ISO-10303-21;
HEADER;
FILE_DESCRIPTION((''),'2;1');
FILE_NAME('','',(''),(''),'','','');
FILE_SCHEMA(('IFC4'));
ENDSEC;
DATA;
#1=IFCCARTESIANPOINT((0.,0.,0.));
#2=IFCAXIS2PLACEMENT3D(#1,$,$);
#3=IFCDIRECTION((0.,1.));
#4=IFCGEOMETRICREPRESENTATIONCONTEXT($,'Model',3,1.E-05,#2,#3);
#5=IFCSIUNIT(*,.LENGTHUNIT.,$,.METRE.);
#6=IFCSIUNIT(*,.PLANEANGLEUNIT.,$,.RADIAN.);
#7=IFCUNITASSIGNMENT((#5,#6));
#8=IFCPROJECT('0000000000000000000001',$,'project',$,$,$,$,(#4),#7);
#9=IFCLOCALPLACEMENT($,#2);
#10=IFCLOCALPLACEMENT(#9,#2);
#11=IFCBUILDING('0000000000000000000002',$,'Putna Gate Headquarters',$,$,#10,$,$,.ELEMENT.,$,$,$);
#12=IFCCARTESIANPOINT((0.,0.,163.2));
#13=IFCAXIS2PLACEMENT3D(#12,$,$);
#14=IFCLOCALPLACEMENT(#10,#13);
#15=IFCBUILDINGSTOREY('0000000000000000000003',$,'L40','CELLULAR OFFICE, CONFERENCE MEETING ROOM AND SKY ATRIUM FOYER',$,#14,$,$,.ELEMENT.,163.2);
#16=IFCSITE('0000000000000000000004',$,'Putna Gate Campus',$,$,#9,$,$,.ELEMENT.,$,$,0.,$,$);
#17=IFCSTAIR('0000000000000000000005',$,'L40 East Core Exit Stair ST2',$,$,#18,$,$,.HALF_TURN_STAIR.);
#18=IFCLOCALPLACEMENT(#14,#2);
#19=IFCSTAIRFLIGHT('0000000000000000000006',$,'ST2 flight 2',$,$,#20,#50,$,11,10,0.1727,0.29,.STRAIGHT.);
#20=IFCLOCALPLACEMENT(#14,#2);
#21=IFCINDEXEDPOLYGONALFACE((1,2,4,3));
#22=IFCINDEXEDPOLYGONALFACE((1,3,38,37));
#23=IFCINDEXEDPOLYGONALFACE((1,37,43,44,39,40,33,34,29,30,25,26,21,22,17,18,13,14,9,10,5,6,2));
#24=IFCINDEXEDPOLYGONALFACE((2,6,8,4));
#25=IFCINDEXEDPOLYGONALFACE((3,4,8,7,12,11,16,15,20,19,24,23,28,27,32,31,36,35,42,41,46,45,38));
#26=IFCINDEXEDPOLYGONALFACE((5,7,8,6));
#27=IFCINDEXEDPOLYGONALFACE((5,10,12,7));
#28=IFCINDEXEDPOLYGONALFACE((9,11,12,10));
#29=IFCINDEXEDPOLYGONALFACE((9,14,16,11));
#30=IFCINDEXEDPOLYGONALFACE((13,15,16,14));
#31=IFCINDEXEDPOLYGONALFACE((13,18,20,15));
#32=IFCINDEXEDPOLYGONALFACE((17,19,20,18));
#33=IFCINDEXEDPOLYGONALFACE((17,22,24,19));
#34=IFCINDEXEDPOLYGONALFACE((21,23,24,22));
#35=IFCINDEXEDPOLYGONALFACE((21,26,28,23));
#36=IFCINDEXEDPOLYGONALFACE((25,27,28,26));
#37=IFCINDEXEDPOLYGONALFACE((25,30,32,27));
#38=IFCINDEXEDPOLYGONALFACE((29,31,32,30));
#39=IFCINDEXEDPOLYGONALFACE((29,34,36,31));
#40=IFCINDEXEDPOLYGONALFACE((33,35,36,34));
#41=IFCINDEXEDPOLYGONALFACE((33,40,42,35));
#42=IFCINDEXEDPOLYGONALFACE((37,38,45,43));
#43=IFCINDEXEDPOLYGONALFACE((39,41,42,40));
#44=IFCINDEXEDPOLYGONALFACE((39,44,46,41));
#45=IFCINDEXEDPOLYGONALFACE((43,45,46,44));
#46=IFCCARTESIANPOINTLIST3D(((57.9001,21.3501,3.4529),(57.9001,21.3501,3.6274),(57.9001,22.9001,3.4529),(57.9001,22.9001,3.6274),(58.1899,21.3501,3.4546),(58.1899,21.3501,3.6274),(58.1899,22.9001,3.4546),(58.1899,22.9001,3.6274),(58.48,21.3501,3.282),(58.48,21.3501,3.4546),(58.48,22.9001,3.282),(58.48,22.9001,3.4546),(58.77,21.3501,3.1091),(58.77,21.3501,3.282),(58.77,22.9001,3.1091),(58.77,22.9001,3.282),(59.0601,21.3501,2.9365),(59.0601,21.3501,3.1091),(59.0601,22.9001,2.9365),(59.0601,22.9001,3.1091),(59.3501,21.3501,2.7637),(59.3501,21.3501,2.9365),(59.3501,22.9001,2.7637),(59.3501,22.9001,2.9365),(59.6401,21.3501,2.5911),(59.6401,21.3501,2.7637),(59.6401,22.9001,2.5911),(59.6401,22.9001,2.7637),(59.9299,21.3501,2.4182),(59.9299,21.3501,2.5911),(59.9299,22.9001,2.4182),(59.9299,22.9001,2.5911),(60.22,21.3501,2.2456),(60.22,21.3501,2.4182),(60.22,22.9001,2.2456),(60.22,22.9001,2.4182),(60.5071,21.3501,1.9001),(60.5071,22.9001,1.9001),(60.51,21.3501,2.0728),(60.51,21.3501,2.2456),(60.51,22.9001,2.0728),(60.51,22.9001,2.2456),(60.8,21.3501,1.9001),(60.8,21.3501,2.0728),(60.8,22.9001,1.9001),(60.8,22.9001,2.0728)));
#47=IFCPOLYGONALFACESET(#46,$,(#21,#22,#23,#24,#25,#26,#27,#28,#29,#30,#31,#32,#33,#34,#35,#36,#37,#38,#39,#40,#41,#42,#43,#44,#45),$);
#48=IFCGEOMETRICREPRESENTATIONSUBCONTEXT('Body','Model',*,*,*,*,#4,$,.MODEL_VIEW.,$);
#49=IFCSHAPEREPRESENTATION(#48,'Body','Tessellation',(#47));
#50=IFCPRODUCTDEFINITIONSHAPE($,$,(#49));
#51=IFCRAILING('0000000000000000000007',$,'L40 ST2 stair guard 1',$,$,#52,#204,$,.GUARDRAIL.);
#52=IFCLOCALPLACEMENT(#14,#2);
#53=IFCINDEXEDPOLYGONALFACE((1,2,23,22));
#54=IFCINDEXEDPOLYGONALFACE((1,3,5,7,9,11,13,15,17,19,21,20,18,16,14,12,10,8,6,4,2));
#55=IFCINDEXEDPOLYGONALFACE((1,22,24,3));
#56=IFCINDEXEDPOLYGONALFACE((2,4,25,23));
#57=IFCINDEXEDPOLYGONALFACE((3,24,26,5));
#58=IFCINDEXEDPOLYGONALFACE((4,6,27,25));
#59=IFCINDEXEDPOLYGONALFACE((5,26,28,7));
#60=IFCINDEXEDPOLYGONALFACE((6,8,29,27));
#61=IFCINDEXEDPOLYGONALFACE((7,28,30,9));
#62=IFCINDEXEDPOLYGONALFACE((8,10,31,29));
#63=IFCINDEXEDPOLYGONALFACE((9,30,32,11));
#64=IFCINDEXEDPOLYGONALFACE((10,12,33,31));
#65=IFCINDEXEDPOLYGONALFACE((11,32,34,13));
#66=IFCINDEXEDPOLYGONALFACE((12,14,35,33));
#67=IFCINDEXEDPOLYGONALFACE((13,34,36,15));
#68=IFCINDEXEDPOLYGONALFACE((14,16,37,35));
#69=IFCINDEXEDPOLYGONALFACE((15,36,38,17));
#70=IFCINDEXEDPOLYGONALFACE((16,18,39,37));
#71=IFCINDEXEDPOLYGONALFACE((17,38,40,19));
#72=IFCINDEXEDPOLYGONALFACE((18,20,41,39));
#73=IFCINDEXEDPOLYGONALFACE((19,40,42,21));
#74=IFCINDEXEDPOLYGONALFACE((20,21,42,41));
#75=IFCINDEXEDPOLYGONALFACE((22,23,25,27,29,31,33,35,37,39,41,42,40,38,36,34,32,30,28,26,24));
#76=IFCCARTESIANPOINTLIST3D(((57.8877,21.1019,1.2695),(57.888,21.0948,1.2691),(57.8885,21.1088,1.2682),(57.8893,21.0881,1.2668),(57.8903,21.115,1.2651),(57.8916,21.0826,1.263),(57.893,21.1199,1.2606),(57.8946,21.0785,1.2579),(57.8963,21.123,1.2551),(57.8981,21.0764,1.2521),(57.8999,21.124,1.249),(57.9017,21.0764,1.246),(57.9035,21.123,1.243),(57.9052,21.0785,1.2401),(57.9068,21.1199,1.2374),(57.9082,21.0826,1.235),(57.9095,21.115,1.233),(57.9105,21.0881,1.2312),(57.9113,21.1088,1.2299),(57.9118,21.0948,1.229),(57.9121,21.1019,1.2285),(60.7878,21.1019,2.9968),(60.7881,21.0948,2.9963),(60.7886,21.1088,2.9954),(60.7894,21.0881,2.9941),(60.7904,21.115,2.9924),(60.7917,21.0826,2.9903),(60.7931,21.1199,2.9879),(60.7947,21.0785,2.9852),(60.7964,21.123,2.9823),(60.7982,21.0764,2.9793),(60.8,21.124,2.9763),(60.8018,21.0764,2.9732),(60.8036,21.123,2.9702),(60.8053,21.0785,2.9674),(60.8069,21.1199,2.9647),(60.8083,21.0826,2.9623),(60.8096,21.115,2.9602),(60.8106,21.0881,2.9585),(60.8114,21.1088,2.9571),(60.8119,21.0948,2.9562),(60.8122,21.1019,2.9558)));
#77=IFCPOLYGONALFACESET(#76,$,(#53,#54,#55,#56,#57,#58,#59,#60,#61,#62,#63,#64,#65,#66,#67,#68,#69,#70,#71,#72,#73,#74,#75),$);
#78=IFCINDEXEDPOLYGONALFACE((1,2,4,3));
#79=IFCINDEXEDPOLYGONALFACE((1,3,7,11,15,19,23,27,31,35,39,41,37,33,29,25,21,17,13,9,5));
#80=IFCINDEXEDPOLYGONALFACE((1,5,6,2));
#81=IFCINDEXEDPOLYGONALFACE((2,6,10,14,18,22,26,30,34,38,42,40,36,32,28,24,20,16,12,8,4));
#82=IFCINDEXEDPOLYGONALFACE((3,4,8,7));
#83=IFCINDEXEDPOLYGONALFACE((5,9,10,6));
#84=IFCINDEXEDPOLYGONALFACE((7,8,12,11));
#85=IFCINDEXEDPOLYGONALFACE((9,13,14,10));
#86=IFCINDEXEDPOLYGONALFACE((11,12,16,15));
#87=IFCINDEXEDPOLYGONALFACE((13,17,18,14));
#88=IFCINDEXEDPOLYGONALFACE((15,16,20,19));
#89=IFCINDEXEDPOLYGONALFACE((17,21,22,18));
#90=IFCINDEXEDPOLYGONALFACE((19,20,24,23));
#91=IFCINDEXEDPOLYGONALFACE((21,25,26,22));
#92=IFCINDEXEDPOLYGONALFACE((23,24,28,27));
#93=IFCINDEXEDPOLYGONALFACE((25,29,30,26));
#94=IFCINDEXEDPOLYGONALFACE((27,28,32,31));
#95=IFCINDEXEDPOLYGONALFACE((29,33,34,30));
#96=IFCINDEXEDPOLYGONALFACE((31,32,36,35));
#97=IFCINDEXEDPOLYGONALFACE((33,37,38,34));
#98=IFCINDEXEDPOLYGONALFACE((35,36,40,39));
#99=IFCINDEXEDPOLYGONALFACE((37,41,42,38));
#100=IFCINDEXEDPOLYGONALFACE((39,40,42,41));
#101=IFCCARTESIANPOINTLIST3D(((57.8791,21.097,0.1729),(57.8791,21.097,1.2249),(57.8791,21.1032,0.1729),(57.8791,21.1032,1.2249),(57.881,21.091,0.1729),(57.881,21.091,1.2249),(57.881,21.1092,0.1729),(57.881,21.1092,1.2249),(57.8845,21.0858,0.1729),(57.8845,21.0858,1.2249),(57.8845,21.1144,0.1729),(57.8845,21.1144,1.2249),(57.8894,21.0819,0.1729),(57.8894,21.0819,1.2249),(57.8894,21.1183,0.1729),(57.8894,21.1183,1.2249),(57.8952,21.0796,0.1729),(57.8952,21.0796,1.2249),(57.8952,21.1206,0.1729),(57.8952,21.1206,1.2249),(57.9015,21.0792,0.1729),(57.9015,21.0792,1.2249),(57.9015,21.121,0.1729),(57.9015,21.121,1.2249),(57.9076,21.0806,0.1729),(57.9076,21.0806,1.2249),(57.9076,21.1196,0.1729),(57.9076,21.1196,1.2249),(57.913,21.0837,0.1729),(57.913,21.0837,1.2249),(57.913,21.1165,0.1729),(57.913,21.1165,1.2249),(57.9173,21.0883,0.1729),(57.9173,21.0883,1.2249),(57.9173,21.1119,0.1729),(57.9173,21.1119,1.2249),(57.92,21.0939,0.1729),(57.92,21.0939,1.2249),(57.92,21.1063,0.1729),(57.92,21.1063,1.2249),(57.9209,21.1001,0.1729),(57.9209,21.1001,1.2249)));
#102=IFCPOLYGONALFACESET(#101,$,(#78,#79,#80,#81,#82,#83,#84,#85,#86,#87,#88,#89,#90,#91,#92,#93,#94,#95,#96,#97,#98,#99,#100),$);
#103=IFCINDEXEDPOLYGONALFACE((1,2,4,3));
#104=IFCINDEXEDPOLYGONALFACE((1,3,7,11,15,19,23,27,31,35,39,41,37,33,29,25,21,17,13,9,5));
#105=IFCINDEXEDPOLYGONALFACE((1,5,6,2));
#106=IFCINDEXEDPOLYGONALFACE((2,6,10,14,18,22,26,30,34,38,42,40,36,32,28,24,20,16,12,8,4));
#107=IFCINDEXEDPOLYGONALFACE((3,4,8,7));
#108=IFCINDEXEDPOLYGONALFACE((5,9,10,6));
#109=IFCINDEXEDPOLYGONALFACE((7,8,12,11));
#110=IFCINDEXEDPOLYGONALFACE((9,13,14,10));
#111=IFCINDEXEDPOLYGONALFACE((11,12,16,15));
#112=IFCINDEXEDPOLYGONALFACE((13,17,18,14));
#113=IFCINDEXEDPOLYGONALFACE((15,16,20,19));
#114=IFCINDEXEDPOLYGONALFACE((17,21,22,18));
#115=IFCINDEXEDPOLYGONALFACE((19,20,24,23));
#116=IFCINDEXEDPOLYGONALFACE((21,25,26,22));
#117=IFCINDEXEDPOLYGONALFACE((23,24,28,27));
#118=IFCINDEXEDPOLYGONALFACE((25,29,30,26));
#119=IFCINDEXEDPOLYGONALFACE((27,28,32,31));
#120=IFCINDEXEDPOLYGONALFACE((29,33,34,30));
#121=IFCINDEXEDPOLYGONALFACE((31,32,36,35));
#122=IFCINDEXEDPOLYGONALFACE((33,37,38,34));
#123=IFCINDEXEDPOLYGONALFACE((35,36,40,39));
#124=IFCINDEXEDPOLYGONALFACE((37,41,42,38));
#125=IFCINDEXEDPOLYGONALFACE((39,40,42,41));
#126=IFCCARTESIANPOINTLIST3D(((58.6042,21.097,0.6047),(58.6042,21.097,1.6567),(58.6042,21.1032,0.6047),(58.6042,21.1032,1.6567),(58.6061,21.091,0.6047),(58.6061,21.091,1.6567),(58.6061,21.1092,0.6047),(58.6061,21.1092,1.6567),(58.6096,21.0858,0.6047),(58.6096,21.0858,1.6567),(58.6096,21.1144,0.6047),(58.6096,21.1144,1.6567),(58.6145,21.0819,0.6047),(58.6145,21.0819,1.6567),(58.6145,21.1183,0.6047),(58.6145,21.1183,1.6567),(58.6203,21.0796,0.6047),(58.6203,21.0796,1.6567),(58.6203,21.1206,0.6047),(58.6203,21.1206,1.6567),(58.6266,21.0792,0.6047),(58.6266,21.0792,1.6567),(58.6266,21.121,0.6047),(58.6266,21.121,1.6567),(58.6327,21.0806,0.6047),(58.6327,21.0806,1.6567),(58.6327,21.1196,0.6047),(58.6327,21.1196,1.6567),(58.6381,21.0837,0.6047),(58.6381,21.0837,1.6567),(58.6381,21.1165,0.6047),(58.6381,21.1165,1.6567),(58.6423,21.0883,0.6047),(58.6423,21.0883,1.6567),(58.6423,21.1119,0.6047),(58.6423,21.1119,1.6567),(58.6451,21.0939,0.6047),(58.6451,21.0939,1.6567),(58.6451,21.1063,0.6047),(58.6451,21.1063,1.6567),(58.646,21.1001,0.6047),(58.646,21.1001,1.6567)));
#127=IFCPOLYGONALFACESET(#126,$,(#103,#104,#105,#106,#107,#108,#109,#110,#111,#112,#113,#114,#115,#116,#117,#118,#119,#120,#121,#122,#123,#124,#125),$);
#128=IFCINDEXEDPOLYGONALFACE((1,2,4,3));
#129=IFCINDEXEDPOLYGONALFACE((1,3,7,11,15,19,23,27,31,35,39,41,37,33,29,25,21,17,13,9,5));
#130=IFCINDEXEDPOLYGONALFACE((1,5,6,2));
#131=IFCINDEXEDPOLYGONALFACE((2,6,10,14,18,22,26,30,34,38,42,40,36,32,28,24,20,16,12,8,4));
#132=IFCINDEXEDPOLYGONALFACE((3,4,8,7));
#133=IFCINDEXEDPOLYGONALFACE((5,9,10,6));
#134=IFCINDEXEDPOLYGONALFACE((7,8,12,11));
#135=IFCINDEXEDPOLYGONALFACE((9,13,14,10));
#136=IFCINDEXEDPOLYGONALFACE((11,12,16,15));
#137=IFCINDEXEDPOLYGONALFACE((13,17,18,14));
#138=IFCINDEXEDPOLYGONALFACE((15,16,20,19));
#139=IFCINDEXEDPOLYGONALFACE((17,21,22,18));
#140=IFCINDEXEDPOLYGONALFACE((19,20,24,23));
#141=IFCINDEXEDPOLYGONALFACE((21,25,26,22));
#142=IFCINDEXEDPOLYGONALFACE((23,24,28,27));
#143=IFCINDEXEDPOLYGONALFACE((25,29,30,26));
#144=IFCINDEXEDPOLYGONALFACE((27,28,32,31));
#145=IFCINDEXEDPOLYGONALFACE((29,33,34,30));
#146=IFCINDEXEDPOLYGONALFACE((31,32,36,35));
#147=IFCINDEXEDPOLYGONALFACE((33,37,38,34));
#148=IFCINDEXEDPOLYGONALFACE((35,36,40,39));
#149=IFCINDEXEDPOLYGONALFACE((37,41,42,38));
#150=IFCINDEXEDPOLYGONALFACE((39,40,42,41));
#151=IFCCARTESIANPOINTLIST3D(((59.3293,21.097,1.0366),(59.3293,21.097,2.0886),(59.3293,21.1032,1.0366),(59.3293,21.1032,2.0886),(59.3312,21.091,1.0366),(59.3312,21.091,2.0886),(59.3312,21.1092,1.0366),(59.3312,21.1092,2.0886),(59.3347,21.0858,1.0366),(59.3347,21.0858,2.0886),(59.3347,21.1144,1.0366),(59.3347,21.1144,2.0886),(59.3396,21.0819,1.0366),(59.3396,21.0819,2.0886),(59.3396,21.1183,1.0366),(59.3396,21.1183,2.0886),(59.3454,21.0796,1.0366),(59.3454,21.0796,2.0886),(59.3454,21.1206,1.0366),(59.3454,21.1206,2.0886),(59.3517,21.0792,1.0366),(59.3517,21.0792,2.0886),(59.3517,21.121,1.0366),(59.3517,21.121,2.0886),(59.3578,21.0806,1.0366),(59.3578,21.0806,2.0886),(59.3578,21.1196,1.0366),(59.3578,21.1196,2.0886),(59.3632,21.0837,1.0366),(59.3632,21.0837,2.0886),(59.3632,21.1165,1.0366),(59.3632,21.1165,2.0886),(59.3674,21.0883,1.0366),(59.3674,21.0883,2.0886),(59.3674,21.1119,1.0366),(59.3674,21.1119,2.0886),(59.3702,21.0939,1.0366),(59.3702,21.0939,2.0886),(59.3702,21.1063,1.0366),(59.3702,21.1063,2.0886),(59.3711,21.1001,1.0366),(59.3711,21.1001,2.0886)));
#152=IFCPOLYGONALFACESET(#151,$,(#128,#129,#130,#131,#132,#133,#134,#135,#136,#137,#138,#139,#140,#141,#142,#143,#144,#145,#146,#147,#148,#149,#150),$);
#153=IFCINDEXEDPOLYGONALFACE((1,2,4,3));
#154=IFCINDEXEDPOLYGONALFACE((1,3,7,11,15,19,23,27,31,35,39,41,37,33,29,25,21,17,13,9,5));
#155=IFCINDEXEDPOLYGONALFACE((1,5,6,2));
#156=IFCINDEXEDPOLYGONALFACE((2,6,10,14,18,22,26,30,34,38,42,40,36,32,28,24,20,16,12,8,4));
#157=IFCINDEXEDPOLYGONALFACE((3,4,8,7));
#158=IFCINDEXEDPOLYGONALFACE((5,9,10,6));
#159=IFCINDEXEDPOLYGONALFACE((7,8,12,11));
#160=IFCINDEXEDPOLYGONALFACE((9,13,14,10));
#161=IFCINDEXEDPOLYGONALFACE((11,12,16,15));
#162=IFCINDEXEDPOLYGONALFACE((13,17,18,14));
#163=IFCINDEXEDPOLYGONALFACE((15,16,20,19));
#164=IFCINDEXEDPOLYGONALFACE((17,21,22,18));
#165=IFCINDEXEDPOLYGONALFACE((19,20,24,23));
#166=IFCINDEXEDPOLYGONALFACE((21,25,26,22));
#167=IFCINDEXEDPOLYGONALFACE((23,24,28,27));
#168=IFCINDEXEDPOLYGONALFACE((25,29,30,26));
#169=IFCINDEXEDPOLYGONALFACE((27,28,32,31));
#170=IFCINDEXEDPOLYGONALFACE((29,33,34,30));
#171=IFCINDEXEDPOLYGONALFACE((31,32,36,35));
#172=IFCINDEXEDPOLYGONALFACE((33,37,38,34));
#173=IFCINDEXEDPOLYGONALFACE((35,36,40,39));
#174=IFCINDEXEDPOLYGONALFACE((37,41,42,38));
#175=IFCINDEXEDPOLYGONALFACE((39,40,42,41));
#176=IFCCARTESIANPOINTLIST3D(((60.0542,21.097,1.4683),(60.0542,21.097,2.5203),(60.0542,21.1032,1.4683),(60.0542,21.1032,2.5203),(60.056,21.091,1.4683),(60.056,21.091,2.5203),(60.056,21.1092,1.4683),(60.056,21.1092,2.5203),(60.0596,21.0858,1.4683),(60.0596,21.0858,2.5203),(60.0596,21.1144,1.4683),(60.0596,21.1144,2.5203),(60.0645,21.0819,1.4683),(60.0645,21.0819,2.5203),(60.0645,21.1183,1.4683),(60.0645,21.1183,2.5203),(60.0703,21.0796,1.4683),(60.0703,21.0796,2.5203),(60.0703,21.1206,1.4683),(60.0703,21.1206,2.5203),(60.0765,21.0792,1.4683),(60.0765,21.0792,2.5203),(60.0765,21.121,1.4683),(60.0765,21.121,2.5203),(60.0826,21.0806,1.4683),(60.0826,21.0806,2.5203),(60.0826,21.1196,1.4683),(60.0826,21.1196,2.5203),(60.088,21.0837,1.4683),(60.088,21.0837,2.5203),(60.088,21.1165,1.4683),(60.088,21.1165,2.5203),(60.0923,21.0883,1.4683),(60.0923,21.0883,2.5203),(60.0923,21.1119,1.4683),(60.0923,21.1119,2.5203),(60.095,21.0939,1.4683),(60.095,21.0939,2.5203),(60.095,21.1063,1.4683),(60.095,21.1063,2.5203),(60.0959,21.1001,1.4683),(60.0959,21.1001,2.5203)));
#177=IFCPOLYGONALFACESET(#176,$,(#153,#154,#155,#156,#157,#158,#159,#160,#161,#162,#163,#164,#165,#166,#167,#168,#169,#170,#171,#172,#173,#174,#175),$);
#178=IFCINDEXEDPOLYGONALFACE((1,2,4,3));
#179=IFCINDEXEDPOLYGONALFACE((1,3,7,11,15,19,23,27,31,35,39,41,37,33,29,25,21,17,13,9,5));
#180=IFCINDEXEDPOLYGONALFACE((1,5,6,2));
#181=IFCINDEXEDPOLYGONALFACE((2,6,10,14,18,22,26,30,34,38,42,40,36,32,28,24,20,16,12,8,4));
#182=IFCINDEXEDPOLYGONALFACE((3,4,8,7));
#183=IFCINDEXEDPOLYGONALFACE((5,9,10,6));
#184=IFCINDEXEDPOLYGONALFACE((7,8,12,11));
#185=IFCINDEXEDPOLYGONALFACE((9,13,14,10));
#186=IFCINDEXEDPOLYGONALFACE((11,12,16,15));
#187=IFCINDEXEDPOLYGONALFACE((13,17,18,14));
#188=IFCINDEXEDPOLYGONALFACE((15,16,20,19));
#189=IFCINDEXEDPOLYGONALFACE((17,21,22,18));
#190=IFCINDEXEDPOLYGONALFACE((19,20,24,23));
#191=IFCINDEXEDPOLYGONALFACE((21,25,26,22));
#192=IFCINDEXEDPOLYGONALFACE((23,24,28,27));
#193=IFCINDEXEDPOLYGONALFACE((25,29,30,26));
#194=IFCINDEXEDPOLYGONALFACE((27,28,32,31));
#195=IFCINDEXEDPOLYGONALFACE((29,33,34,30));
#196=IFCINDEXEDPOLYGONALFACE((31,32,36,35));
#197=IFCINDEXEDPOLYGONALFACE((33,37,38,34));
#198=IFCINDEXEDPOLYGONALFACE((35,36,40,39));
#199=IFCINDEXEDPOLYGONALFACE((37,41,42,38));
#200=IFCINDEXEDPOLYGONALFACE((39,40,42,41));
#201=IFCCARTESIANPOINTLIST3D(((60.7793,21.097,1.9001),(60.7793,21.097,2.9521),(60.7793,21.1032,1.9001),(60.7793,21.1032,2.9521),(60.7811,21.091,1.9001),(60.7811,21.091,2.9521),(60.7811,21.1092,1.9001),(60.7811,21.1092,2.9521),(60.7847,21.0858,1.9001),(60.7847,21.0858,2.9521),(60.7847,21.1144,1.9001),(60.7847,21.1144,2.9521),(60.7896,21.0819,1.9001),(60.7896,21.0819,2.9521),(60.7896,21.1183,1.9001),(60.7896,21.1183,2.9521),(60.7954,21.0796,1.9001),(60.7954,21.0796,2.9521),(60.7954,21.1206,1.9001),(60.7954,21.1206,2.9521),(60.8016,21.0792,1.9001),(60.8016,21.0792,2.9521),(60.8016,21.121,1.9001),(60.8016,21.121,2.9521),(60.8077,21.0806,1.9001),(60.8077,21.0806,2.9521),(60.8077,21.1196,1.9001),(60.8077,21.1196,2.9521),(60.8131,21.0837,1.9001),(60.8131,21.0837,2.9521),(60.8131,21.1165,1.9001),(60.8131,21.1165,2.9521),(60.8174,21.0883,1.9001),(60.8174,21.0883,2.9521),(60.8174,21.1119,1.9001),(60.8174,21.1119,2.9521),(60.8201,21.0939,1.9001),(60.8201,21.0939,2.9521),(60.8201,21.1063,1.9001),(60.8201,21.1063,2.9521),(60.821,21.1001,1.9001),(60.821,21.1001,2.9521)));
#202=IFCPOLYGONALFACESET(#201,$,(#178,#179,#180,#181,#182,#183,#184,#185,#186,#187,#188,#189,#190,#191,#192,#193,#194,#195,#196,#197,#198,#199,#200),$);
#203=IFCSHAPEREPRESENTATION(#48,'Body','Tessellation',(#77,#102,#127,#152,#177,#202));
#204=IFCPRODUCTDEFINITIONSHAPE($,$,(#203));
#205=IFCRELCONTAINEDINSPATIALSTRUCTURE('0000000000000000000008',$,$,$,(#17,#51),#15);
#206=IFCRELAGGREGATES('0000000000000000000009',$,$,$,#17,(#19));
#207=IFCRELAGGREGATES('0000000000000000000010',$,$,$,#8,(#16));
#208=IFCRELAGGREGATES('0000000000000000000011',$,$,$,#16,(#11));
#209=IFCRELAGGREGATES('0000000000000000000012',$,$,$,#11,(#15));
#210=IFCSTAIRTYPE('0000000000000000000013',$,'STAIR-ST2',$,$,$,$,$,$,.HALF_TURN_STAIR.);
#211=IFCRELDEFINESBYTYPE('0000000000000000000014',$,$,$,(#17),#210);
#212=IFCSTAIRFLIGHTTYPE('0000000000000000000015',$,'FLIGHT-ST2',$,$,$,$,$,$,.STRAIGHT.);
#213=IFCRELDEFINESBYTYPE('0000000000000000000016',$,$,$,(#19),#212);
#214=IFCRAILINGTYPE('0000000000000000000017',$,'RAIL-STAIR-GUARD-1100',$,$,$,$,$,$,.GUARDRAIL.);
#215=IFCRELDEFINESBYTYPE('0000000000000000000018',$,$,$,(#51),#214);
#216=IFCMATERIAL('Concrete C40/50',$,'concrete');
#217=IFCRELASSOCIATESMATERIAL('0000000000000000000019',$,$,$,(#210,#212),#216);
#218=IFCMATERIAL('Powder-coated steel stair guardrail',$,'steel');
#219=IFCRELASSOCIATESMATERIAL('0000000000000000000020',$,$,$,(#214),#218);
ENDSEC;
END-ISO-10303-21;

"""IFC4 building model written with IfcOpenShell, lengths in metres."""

from ifc_helpers import new_model, si_unit, direction, frame, origin, origin_2d, place, context, subcontext, project, spatial, polyline, circle, outline, extrude, material, type_object, element, aggregate, save


model = new_model("IFC4")

# Units and contexts
model_context = context("Model", 3, precision=1e-05, world=origin(), true_north=direction((0.0, 1.0)))
body_context = subcontext(model_context, "Body", "Model", "MODEL_VIEW")
ifc_project = project(units=[si_unit("LENGTHUNIT", "METRE"), si_unit("PLANEANGLEUNIT", "RADIAN")], contexts=[model_context])

# Site, building, storey
site_placement = place(None, origin())
site = spatial("IfcSite", under=ifc_project, at=site_placement, Name="Putna Gate Campus", CompositionType="ELEMENT", RefElevation=0.0)
building_placement = place(site_placement, origin())
building = spatial("IfcBuilding", under=site, at=building_placement, Name="Putna Gate Headquarters", CompositionType="ELEMENT")
storey_placement = place(building_placement, frame((0.0, 0.0, 163.2)))
storey = spatial("IfcBuildingStorey", under=building, at=storey_placement, Name="L40", Description="CELLULAR OFFICE, CONFERENCE MEETING ROOM AND SKY ATRIUM FOYER", CompositionType="ELEMENT", Elevation=163.2)

# Shared definitions
ifc_material_1 = material(Name="Concrete C40/50", Category="concrete")

# Stair, stair flight
stair_type = type_object("IfcStairType", Name="STAIR-ST2", PredefinedType="HALF_TURN_STAIR", material=ifc_material_1)
stair_placement = place(storey_placement, origin())
stair = element("IfcStair", 1, at=stair_placement, inside=storey, type_object=stair_type, Name="L40 East Core Exit Stair ST2", PredefinedType="HALF_TURN_STAIR")
stair_flight_type = type_object("IfcStairFlightType", Name="FLIGHT-ST2", PredefinedType="STRAIGHT", material=ifc_material_1)
stair_flight_1_placement = place(storey_placement, frame((60.8, 22.125, 1.9001), z_axis=(0.0, 0.0, 1.0), x_axis=(-1.0, 0.0, 0.0)))
stair_flight_1 = element("IfcStairFlight", 2, at=stair_flight_1_placement, type_object=stair_flight_type, Name="ST2 flight 2", NumberOfRisers=11, NumberOfTreads=10, PredefinedType="STRAIGHT", RiserHeight=0.1727, TreadLength=0.29, context=body_context, shape_type="SweptSolid", body=[
    extrude(outline(polyline([(0.0, 0.0), (0.0, 0.1726), (0.29, 0.1726), (0.29, 0.3455), (0.5801, 0.3455), (0.5801, 0.5181), (0.8701, 0.5181), (0.8701, 0.6909), (1.1599, 0.6909), (1.1599, 0.8635), (1.45, 0.8635), (1.45, 1.0364), (1.74, 1.0364), (1.74, 1.209), (2.03, 1.209), (2.03, 1.3818), (2.3201, 1.3818), (2.3201, 1.5544), (2.6101, 1.5544), (2.6101, 1.7273), (2.8999, 1.7273), (2.8999, 1.8999), (2.8999, 1.5527), (0.293, 0.0), (0.0, 0.0)])), frame((0.0, 0.7749, 0.0), z_axis=(0.0, -1.0, 0.0), x_axis=(1.0, 0.0, 0.0)), (0.0, 0.0, 1.0), 1.55),
])
aggregate(stair, [stair_flight_1])

# Railing
ifc_material_2 = material(Name="Powder-coated steel stair guardrail", Category="steel")
railing_type_1 = type_object("IfcRailingType", Name="RAIL-STAIR-GUARD-1100", PredefinedType="GUARDRAIL", material=ifc_material_2)
railing_1_placement = place(storey_placement, frame((57.8999, 21.1001, 0.1729)))
element("IfcRailing", 3, at=railing_1_placement, inside=storey, type_object=railing_type_1, Name="L40 ST2 stair guard 1", PredefinedType="GUARDRAIL", context=body_context, shape_type="SweptSolid", body=[
    extrude(circle(Radius=0.0239, at=origin_2d()), frame((0.0, 0.0, 1.0762), z_axis=(0.85916, 0.0, 0.511706), x_axis=(0.0, 1.0, 0.0)), (0.0, 0.0, 1.0), 3.3755),
    extrude(circle(Radius=0.021, at=origin_2d()), origin(), (0.0, 0.0, 1.0), 1.052),
    extrude(circle(Radius=0.021, at=origin_2d()), frame((0.7251, 0.0, 0.4319)), (0.0, 0.0, 1.0), 1.052),
    extrude(circle(Radius=0.021, at=origin_2d()), frame((1.4502, 0.0, 0.8638)), (0.0, 0.0, 1.0), 1.052),
    extrude(circle(Radius=0.021, at=origin_2d()), frame((2.175, 0.0, 1.2954)), (0.0, 0.0, 1.0), 1.052),
    extrude(circle(Radius=0.021, at=origin_2d()), frame((2.9001, 0.0, 1.7273)), (0.0, 0.0, 1.0), 1.052),
])

save(model, "model.ifc")
